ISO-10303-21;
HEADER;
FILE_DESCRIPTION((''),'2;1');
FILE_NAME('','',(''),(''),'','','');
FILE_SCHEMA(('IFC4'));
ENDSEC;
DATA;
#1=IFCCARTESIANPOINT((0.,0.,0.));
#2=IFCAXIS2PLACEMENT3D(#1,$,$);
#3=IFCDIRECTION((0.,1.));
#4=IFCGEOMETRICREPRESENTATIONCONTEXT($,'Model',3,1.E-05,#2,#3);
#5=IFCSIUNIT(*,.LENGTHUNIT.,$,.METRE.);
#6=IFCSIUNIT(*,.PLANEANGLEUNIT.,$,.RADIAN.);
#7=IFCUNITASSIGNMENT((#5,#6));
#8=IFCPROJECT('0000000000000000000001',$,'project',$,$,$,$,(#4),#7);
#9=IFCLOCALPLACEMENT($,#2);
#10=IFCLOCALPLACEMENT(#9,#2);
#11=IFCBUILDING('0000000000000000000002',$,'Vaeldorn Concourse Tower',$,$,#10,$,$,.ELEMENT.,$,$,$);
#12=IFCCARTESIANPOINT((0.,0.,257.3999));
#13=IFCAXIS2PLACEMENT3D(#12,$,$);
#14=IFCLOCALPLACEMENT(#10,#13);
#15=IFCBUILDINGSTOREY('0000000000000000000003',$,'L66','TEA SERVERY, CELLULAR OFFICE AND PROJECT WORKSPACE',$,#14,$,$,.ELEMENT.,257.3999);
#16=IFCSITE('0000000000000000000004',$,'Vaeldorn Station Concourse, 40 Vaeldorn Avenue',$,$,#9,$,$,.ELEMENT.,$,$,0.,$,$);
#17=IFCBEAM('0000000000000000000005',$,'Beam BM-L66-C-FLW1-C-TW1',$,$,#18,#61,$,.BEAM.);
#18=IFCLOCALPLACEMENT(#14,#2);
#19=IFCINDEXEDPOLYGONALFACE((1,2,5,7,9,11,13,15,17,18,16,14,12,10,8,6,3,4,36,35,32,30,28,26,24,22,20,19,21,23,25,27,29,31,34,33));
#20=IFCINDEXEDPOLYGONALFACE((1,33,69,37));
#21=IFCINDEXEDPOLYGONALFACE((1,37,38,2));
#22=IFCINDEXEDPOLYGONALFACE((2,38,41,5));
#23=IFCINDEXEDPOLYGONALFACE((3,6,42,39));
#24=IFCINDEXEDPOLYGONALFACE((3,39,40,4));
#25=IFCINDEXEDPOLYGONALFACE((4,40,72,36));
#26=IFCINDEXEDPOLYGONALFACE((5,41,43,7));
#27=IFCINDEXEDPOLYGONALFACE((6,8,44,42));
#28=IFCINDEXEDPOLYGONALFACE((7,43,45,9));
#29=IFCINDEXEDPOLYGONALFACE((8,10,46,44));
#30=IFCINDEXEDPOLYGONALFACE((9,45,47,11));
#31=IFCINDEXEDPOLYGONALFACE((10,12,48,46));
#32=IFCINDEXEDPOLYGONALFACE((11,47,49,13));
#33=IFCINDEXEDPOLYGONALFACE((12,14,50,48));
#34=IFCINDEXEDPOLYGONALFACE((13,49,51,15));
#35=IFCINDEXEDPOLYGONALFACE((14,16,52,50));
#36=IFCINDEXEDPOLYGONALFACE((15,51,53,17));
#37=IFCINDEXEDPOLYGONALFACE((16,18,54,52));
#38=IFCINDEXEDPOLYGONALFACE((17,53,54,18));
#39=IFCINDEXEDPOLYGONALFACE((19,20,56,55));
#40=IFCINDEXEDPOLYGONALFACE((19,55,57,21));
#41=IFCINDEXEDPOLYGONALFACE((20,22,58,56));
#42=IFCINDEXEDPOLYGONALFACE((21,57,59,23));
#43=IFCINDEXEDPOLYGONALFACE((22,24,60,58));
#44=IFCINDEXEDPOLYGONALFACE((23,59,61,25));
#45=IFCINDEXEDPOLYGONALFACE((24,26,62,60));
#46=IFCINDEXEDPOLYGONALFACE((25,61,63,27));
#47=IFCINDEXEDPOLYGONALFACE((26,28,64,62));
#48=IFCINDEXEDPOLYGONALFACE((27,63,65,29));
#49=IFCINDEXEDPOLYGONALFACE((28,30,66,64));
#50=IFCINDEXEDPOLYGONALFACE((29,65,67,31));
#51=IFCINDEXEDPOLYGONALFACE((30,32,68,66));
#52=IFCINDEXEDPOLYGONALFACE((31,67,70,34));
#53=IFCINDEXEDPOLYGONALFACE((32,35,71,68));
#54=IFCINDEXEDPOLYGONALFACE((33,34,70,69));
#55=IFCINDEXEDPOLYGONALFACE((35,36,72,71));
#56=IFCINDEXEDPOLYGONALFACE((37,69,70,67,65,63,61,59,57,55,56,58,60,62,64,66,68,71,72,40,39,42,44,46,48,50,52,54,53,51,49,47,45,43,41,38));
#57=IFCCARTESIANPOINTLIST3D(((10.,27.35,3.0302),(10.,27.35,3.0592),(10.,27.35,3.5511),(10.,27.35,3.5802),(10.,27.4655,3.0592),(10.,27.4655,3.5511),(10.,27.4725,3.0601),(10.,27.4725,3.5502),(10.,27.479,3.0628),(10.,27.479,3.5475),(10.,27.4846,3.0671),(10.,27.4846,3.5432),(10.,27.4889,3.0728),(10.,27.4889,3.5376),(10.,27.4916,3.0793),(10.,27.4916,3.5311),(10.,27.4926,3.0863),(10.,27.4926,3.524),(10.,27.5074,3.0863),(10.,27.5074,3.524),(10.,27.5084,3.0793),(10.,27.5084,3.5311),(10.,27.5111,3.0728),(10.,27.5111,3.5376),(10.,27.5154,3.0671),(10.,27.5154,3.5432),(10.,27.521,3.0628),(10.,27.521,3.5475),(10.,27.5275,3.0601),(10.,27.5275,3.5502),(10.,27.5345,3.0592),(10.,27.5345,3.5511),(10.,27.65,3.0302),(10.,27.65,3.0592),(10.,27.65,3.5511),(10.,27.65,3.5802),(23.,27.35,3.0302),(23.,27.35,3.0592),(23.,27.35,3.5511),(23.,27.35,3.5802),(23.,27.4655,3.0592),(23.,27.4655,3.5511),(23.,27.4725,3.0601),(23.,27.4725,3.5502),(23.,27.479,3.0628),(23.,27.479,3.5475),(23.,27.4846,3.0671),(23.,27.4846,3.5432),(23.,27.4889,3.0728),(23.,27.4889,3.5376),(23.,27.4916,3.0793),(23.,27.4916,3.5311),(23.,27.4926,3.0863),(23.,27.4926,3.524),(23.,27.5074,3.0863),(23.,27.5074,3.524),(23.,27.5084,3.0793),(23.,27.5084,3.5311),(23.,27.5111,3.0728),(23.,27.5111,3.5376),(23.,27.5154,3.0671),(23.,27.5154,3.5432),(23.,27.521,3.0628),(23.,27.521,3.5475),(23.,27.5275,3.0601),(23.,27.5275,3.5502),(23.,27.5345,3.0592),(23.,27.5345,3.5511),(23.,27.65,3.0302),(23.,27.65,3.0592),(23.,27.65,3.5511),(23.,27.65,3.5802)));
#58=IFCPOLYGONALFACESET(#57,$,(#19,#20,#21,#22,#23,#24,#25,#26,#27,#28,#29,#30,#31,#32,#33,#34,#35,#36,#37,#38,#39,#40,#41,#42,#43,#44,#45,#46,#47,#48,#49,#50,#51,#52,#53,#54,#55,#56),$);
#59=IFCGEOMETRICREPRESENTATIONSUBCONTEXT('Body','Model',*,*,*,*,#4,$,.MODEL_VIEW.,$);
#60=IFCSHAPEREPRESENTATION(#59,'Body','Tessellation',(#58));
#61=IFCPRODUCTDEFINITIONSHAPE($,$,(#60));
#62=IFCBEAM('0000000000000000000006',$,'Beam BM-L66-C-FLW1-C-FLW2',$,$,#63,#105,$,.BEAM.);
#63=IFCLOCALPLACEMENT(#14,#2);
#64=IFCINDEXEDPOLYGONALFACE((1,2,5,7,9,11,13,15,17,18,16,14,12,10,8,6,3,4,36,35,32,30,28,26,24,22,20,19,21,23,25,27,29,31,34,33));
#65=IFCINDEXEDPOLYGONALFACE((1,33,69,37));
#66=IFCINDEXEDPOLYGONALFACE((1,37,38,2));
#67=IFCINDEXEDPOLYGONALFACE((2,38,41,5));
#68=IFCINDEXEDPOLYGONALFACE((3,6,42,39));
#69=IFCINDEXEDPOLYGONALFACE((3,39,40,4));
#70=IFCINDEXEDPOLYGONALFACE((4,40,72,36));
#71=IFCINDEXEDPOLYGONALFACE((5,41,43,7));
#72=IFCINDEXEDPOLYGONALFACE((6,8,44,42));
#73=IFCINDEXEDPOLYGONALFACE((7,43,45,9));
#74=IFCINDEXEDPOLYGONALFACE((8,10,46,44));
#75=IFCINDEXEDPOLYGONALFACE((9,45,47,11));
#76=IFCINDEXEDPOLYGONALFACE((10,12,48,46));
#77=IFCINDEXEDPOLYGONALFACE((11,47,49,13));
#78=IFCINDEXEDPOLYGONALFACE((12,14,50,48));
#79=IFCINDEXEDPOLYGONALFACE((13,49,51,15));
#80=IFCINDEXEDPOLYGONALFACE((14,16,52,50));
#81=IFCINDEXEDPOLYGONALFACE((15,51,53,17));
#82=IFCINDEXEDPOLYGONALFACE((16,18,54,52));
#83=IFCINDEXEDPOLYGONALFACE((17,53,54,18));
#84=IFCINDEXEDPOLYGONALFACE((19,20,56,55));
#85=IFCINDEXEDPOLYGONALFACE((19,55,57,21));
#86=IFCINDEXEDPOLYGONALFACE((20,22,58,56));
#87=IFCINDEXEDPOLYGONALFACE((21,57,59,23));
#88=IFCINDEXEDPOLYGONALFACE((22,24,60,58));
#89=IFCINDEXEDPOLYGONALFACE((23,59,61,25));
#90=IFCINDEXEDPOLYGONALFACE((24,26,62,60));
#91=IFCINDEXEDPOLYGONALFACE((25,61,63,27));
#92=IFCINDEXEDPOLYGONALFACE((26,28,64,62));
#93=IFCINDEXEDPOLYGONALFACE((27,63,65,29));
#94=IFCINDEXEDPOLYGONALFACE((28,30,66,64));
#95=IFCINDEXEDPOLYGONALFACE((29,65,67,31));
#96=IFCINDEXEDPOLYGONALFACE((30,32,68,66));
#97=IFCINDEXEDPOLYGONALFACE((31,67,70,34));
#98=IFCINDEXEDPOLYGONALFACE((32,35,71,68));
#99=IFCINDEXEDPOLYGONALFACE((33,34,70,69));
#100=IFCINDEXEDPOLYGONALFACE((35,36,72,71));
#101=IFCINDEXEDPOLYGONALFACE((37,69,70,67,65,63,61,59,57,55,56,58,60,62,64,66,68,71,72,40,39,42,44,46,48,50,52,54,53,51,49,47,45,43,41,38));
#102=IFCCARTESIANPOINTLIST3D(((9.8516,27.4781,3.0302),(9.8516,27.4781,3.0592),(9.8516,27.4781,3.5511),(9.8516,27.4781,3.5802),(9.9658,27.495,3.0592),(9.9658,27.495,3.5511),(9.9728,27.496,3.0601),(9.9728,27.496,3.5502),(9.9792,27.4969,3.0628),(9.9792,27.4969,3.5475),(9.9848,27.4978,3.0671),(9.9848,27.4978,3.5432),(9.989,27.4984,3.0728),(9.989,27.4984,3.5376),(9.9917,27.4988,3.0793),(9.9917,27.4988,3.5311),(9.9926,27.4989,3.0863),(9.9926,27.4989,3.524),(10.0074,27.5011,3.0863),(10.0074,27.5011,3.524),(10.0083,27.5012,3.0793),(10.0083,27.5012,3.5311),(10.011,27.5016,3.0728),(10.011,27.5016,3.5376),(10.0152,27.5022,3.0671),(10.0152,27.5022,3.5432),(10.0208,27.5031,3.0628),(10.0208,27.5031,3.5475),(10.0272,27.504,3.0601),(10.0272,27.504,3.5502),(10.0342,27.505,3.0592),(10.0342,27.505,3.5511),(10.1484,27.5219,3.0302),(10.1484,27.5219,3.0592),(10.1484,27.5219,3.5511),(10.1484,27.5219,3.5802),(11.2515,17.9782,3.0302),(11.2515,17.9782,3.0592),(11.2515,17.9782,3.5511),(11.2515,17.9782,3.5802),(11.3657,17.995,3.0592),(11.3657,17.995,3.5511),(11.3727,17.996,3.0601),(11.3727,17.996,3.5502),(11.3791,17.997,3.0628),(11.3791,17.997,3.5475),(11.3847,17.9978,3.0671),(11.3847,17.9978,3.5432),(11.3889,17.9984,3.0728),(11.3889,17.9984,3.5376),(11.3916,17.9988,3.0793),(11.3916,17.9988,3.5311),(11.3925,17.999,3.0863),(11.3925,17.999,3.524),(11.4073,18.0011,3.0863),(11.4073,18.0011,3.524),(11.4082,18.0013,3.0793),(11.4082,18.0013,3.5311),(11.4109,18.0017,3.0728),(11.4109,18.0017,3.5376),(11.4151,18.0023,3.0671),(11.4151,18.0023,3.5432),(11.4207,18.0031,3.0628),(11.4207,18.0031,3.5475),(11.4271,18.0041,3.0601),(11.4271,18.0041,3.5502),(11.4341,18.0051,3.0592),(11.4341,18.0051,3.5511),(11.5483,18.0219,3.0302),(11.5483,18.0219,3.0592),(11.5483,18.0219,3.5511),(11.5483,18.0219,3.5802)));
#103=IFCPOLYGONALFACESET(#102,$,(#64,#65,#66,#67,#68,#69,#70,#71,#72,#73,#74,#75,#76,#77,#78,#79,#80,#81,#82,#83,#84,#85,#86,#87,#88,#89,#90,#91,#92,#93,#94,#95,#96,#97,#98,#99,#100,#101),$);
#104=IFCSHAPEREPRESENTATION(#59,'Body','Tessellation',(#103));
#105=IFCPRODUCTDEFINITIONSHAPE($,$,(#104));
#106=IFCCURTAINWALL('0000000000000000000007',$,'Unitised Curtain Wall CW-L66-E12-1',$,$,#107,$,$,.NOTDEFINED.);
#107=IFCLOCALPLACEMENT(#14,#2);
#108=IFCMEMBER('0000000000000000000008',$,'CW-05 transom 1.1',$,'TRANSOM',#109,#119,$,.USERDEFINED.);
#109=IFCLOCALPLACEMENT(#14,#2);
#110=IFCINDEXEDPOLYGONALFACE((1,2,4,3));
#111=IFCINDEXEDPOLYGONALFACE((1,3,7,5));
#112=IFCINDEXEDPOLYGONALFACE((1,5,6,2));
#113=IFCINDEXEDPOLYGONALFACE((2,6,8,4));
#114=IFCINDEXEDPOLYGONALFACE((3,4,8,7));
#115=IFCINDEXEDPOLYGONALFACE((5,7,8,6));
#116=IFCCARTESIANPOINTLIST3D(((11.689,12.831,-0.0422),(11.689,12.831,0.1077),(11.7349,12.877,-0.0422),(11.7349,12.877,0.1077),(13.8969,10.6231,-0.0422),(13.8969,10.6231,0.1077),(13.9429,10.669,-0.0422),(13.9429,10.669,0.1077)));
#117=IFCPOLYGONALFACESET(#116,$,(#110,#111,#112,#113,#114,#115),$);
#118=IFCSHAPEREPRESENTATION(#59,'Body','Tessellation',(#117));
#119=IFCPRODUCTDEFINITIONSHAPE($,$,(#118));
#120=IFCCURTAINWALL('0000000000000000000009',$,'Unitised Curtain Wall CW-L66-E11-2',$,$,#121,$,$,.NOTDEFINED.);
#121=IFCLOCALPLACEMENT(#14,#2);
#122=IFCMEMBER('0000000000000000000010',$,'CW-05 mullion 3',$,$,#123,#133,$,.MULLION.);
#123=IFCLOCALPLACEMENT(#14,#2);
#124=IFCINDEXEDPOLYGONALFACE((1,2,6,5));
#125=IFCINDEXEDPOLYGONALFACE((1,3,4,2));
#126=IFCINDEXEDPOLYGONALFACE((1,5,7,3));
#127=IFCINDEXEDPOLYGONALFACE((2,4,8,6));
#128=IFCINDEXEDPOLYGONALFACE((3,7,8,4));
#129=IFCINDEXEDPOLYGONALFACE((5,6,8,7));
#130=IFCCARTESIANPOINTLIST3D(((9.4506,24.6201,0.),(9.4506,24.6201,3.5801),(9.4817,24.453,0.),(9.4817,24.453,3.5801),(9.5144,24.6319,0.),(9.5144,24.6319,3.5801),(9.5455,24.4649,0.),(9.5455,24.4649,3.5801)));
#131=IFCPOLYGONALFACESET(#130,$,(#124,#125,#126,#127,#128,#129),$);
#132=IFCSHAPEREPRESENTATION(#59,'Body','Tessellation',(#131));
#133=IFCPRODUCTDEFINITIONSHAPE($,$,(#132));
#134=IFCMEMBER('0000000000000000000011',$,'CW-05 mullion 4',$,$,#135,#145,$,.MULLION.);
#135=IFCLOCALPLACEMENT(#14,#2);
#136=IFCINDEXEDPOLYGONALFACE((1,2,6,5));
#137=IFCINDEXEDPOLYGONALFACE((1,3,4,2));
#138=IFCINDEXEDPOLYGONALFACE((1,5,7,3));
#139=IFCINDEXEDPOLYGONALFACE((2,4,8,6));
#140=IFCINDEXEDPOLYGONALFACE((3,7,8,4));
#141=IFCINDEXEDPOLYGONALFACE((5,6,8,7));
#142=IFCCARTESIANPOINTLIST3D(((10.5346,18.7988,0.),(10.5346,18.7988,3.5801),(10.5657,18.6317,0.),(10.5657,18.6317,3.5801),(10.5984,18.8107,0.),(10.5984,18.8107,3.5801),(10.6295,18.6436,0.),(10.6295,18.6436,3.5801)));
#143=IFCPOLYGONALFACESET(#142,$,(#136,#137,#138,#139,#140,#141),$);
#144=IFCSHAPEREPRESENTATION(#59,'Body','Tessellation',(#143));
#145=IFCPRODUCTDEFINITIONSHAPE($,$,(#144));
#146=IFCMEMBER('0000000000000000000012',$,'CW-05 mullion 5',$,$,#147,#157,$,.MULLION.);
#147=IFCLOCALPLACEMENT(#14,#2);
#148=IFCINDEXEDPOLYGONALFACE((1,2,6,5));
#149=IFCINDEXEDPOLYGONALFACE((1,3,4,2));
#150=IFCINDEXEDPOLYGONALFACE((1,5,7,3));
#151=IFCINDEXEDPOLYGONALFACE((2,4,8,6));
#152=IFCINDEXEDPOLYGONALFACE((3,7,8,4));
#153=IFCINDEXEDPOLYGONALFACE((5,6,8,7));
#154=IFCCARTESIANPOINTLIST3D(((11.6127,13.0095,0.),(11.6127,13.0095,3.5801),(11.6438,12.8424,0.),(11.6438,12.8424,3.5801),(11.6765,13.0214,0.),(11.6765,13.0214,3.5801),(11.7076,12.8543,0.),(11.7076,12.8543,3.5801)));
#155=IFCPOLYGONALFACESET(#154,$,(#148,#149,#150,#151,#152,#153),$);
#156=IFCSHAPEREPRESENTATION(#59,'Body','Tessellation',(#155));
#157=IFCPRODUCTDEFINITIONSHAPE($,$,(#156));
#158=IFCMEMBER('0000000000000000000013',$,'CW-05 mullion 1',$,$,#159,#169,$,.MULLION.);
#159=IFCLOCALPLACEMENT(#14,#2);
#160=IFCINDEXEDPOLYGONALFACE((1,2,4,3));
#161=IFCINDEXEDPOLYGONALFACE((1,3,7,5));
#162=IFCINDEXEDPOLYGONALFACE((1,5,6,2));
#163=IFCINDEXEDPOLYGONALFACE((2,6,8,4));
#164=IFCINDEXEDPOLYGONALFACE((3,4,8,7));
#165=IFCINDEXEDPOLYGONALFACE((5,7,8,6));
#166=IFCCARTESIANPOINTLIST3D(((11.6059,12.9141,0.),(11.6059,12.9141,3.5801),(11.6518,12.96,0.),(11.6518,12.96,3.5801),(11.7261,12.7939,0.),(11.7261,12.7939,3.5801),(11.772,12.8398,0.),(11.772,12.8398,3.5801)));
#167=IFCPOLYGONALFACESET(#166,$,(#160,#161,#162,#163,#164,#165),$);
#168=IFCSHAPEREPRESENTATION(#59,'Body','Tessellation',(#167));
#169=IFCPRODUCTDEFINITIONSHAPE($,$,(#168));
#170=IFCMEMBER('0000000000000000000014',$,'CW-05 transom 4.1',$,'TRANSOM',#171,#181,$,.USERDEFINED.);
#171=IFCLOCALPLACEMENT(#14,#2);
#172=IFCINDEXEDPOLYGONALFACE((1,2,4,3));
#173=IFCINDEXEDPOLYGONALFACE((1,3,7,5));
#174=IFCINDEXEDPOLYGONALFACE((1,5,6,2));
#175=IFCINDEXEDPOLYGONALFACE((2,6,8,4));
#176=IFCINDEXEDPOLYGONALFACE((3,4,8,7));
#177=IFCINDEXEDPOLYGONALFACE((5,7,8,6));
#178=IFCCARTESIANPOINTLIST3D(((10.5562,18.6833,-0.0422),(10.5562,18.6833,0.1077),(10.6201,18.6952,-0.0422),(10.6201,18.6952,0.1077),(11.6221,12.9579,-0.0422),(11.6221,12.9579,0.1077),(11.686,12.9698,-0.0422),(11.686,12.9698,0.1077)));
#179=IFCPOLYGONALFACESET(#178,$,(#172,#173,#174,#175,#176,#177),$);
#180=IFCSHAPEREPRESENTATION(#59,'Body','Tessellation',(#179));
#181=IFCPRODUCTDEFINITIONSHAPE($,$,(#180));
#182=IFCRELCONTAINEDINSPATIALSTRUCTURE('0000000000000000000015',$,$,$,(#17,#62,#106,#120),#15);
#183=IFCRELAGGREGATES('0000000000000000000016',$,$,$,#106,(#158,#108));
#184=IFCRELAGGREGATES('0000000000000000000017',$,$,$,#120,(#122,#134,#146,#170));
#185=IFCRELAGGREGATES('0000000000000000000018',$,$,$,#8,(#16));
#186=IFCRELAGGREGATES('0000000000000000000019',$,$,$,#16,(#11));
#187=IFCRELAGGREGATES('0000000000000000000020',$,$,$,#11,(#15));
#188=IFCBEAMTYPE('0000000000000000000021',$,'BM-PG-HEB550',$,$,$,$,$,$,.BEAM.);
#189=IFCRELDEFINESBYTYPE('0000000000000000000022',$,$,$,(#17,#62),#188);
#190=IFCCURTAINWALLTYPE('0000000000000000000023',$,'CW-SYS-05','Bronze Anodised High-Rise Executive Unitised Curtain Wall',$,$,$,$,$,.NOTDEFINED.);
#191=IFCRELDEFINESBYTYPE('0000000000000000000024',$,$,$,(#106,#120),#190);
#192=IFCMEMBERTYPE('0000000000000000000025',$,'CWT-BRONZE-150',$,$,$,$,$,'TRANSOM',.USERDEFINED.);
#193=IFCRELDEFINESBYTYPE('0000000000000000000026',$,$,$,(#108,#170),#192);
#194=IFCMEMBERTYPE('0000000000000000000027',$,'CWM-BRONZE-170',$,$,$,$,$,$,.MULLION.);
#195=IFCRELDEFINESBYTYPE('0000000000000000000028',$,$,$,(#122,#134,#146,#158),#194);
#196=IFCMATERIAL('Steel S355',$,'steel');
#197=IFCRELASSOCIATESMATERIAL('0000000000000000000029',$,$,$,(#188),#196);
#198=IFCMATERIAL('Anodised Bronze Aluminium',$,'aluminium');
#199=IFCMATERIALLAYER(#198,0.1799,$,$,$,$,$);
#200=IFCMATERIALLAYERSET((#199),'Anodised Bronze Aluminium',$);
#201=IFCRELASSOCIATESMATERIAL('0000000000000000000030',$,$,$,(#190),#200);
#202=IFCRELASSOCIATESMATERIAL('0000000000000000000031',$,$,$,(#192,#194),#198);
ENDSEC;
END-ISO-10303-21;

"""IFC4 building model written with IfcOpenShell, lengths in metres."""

from ifc_helpers import new_model, si_unit, direction, frame, origin, origin_2d, place, context, subcontext, project, spatial, rectangle, i_section, extrude, source, transform, mapped, material, layer, layer_set, material_profile, profile_set, type_object, element, aggregate, save


model = new_model("IFC4")

# Units and contexts
model_context = context("Model", 3, precision=1e-05, world=origin(), true_north=direction((0.0, 1.0)))
body_context = subcontext(model_context, "Body", "Model", "MODEL_VIEW")
ifc_project = project(units=[si_unit("LENGTHUNIT", "METRE"), si_unit("PLANEANGLEUNIT", "RADIAN")], contexts=[model_context])

# Site, building, storey
site_placement = place(None, origin())
site = spatial("IfcSite", under=ifc_project, at=site_placement, Name="Vaeldorn Station Concourse, 40 Vaeldorn Avenue", CompositionType="ELEMENT", RefElevation=0.0)
building_placement = place(site_placement, origin())
building = spatial("IfcBuilding", under=site, at=building_placement, Name="Vaeldorn Concourse Tower", CompositionType="ELEMENT")
storey_placement = place(building_placement, frame((0.0, 0.0, 257.3999)))
storey = spatial("IfcBuildingStorey", under=building, at=storey_placement, Name="L66", Description="TEA SERVERY, CELLULAR OFFICE AND PROJECT WORKSPACE", CompositionType="ELEMENT", Elevation=257.3999)

# Shared definitions
ifc_material_1 = material(Name="Steel S355", Category="steel")

# Beams
ifc_material_profile_1 = material_profile(ifc_material_1, i_section(OverallWidth=0.3, OverallDepth=0.55, WebThickness=0.0149, FlangeThickness=0.0291, FilletRadius=0.0271, at=origin_2d()), Name="HEB 550")
ifc_profile_set_1 = profile_set([ifc_material_profile_1], Name="Steel S355")
beam_type_1 = type_object("IfcBeamType", Name="BM-PG-HEB550", PredefinedType="BEAM", material=ifc_profile_set_1)
shared_shape_1 = source(origin(), body_context, "Body", "SweptSolid", [
    extrude(i_section(OverallWidth=0.3, OverallDepth=0.55, WebThickness=0.0149, FlangeThickness=0.0291, FilletRadius=0.0271, at=origin_2d()), origin(), (0.0, 0.0, 1.0), 13.0),
])
beam_1_placement = place(storey_placement, frame((10.0, 27.5, 3.3052), z_axis=(1.0, 0.0, 0.0), x_axis=(0.0, 1.0, 0.0)))
element("IfcBeam", 1, at=beam_1_placement, inside=storey, type_object=beam_type_1, Name="Beam BM-L66-C-FLW1-C-TW1", PredefinedType="BEAM", context=body_context, shape_type="MappedRepresentation", body=[
    mapped(shared_shape_1, transform((0.0, 0.0, 0.0), scale=1.0)),
])
shared_shape_2 = source(origin(), body_context, "Body", "SweptSolid", [
    extrude(i_section(OverallWidth=0.3, OverallDepth=0.55, WebThickness=0.0149, FlangeThickness=0.0291, FilletRadius=0.0271, at=origin_2d()), origin(), (0.0, 0.0, 1.0), 9.6025),
])
beam_2_placement = place(storey_placement, frame((10.0, 27.5, 3.3052), z_axis=(0.145784, -0.989316, 0.0), x_axis=(0.989316, 0.145784, 0.0)))
element("IfcBeam", 2, at=beam_2_placement, inside=storey, type_object=beam_type_1, Name="Beam BM-L66-C-FLW1-C-FLW2", PredefinedType="BEAM", context=body_context, shape_type="MappedRepresentation", body=[
    mapped(shared_shape_2, transform((0.0, 0.0, 0.0), scale=1.0)),
])

# Curtain wall, member
ifc_material_2 = material(Name="Anodised Bronze Aluminium", Category="aluminium")
ifc_layer_1 = layer(ifc_material_2, 0.1799)
ifc_layer_set_1 = layer_set([ifc_layer_1], Name="Anodised Bronze Aluminium")
curtain_wall_type = type_object("IfcCurtainWallType", Name="CW-SYS-05", Description="Bronze Anodised High-Rise Executive Unitised Curtain Wall", PredefinedType="NOTDEFINED", material=ifc_layer_set_1)
curtain_wall_1_placement = place(storey_placement, origin())
curtain_wall_1 = element("IfcCurtainWall", 3, at=curtain_wall_1_placement, inside=storey, type_object=curtain_wall_type, Name="Unitised Curtain Wall CW-L66-E12-1", PredefinedType="NOTDEFINED")
ifc_material_profile_2 = material_profile(ifc_material_2, rectangle(XDim=0.0649, YDim=0.1499, at=origin_2d()), Name="CWT 65x150")
ifc_profile_set_2 = profile_set([ifc_material_profile_2], Name="Anodised Bronze Aluminium")
member_type_1 = type_object("IfcMemberType", Name="CWT-BRONZE-150", ElementType="TRANSOM", PredefinedType="USERDEFINED", material=ifc_profile_set_2)
shared_shape_3 = source(origin(), body_context, "Body", "SweptSolid", [
    extrude(rectangle(XDim=0.0649, YDim=0.1499, at=origin_2d()), origin(), (0.0, 0.0, 1.0), 3.1226),
])
member_1_placement = place(storey_placement, frame((11.7119, 12.854, 0.0327), z_axis=(0.707107, -0.707107, 0.0), x_axis=(0.707107, 0.707107, 0.0)))
member_1 = element("IfcMember", 4, at=member_1_placement, type_object=member_type_1, Name="CW-05 transom 1.1", ObjectType="TRANSOM", PredefinedType="USERDEFINED", context=body_context, shape_type="MappedRepresentation", body=[
    mapped(shared_shape_3, transform((0.0, 0.0, 0.0), scale=1.0)),
])

# Curtain wall, members
curtain_wall_2_placement = place(storey_placement, origin())
curtain_wall_2 = element("IfcCurtainWall", 5, at=curtain_wall_2_placement, inside=storey, type_object=curtain_wall_type, Name="Unitised Curtain Wall CW-L66-E11-2", PredefinedType="NOTDEFINED")
ifc_material_profile_3 = material_profile(ifc_material_2, rectangle(XDim=0.0649, YDim=0.1699, at=origin_2d()), Name="CWM 65x170")
ifc_profile_set_3 = profile_set([ifc_material_profile_3], Name="Anodised Bronze Aluminium")
member_type_2 = type_object("IfcMemberType", Name="CWM-BRONZE-170", PredefinedType="MULLION", material=ifc_profile_set_3)
shared_shape_4 = source(origin(), body_context, "Body", "SweptSolid", [
    extrude(rectangle(XDim=0.0649, YDim=0.1699, at=origin_2d()), origin(), (0.0, 0.0, 1.0), 3.5801),
])
member_2_placement = place(storey_placement, frame((9.498, 24.5425, 0.0), z_axis=(0.0, 0.0, 1.0), x_axis=(0.983103, 0.183055, 0.0)))
member_2 = element("IfcMember", 6, at=member_2_placement, type_object=member_type_2, Name="CW-05 mullion 3", PredefinedType="MULLION", context=body_context, shape_type="MappedRepresentation", body=[
    mapped(shared_shape_4, transform((0.0, 0.0, 0.0), scale=1.0)),
])
member_3_placement = place(storey_placement, frame((10.582, 18.7212, 0.0), z_axis=(0.0, 0.0, 1.0), x_axis=(0.983103, 0.183055, 0.0)))
member_3 = element("IfcMember", 7, at=member_3_placement, type_object=member_type_2, Name="CW-05 mullion 4", PredefinedType="MULLION", context=body_context, shape_type="MappedRepresentation", body=[
    mapped(shared_shape_4, transform((0.0, 0.0, 0.0), scale=1.0)),
])
member_4_placement = place(storey_placement, frame((11.6602, 12.9319, 0.0), z_axis=(0.0, 0.0, 1.0), x_axis=(0.983103, 0.183055, 0.0)))
member_4 = element("IfcMember", 8, at=member_4_placement, type_object=member_type_2, Name="CW-05 mullion 5", PredefinedType="MULLION", context=body_context, shape_type="MappedRepresentation", body=[
    mapped(shared_shape_4, transform((0.0, 0.0, 0.0), scale=1.0)),
])

# Members
member_5_placement = place(storey_placement, frame((11.689, 12.877, 0.0), z_axis=(0.0, 0.0, 1.0), x_axis=(0.707107, 0.707107, 0.0)))
member_5 = element("IfcMember", 9, at=member_5_placement, type_object=member_type_2, Name="CW-05 mullion 1", PredefinedType="MULLION", context=body_context, shape_type="MappedRepresentation", body=[
    mapped(shared_shape_4, transform((0.0, 0.0, 0.0), scale=1.0)),
])
aggregate(curtain_wall_1, [member_5, member_1])
shared_shape_5 = source(origin(), body_context, "Body", "SweptSolid", [
    extrude(rectangle(XDim=0.0649, YDim=0.1499, at=origin_2d()), origin(), (0.0, 0.0, 1.0), 5.8237),
])
member_6_placement = place(storey_placement, frame((10.5881, 18.6892, 0.0327), z_axis=(0.18303, -0.983107, 0.0), x_axis=(0.983107, 0.18303, 0.0)))
member_6 = element("IfcMember", 10, at=member_6_placement, type_object=member_type_1, Name="CW-05 transom 4.1", ObjectType="TRANSOM", PredefinedType="USERDEFINED", context=body_context, shape_type="MappedRepresentation", body=[
    mapped(shared_shape_5, transform((0.0, 0.0, 0.0), scale=1.0)),
])

aggregate(curtain_wall_2, [member_2, member_3, member_4, member_6])

save(model, "model.ifc")
